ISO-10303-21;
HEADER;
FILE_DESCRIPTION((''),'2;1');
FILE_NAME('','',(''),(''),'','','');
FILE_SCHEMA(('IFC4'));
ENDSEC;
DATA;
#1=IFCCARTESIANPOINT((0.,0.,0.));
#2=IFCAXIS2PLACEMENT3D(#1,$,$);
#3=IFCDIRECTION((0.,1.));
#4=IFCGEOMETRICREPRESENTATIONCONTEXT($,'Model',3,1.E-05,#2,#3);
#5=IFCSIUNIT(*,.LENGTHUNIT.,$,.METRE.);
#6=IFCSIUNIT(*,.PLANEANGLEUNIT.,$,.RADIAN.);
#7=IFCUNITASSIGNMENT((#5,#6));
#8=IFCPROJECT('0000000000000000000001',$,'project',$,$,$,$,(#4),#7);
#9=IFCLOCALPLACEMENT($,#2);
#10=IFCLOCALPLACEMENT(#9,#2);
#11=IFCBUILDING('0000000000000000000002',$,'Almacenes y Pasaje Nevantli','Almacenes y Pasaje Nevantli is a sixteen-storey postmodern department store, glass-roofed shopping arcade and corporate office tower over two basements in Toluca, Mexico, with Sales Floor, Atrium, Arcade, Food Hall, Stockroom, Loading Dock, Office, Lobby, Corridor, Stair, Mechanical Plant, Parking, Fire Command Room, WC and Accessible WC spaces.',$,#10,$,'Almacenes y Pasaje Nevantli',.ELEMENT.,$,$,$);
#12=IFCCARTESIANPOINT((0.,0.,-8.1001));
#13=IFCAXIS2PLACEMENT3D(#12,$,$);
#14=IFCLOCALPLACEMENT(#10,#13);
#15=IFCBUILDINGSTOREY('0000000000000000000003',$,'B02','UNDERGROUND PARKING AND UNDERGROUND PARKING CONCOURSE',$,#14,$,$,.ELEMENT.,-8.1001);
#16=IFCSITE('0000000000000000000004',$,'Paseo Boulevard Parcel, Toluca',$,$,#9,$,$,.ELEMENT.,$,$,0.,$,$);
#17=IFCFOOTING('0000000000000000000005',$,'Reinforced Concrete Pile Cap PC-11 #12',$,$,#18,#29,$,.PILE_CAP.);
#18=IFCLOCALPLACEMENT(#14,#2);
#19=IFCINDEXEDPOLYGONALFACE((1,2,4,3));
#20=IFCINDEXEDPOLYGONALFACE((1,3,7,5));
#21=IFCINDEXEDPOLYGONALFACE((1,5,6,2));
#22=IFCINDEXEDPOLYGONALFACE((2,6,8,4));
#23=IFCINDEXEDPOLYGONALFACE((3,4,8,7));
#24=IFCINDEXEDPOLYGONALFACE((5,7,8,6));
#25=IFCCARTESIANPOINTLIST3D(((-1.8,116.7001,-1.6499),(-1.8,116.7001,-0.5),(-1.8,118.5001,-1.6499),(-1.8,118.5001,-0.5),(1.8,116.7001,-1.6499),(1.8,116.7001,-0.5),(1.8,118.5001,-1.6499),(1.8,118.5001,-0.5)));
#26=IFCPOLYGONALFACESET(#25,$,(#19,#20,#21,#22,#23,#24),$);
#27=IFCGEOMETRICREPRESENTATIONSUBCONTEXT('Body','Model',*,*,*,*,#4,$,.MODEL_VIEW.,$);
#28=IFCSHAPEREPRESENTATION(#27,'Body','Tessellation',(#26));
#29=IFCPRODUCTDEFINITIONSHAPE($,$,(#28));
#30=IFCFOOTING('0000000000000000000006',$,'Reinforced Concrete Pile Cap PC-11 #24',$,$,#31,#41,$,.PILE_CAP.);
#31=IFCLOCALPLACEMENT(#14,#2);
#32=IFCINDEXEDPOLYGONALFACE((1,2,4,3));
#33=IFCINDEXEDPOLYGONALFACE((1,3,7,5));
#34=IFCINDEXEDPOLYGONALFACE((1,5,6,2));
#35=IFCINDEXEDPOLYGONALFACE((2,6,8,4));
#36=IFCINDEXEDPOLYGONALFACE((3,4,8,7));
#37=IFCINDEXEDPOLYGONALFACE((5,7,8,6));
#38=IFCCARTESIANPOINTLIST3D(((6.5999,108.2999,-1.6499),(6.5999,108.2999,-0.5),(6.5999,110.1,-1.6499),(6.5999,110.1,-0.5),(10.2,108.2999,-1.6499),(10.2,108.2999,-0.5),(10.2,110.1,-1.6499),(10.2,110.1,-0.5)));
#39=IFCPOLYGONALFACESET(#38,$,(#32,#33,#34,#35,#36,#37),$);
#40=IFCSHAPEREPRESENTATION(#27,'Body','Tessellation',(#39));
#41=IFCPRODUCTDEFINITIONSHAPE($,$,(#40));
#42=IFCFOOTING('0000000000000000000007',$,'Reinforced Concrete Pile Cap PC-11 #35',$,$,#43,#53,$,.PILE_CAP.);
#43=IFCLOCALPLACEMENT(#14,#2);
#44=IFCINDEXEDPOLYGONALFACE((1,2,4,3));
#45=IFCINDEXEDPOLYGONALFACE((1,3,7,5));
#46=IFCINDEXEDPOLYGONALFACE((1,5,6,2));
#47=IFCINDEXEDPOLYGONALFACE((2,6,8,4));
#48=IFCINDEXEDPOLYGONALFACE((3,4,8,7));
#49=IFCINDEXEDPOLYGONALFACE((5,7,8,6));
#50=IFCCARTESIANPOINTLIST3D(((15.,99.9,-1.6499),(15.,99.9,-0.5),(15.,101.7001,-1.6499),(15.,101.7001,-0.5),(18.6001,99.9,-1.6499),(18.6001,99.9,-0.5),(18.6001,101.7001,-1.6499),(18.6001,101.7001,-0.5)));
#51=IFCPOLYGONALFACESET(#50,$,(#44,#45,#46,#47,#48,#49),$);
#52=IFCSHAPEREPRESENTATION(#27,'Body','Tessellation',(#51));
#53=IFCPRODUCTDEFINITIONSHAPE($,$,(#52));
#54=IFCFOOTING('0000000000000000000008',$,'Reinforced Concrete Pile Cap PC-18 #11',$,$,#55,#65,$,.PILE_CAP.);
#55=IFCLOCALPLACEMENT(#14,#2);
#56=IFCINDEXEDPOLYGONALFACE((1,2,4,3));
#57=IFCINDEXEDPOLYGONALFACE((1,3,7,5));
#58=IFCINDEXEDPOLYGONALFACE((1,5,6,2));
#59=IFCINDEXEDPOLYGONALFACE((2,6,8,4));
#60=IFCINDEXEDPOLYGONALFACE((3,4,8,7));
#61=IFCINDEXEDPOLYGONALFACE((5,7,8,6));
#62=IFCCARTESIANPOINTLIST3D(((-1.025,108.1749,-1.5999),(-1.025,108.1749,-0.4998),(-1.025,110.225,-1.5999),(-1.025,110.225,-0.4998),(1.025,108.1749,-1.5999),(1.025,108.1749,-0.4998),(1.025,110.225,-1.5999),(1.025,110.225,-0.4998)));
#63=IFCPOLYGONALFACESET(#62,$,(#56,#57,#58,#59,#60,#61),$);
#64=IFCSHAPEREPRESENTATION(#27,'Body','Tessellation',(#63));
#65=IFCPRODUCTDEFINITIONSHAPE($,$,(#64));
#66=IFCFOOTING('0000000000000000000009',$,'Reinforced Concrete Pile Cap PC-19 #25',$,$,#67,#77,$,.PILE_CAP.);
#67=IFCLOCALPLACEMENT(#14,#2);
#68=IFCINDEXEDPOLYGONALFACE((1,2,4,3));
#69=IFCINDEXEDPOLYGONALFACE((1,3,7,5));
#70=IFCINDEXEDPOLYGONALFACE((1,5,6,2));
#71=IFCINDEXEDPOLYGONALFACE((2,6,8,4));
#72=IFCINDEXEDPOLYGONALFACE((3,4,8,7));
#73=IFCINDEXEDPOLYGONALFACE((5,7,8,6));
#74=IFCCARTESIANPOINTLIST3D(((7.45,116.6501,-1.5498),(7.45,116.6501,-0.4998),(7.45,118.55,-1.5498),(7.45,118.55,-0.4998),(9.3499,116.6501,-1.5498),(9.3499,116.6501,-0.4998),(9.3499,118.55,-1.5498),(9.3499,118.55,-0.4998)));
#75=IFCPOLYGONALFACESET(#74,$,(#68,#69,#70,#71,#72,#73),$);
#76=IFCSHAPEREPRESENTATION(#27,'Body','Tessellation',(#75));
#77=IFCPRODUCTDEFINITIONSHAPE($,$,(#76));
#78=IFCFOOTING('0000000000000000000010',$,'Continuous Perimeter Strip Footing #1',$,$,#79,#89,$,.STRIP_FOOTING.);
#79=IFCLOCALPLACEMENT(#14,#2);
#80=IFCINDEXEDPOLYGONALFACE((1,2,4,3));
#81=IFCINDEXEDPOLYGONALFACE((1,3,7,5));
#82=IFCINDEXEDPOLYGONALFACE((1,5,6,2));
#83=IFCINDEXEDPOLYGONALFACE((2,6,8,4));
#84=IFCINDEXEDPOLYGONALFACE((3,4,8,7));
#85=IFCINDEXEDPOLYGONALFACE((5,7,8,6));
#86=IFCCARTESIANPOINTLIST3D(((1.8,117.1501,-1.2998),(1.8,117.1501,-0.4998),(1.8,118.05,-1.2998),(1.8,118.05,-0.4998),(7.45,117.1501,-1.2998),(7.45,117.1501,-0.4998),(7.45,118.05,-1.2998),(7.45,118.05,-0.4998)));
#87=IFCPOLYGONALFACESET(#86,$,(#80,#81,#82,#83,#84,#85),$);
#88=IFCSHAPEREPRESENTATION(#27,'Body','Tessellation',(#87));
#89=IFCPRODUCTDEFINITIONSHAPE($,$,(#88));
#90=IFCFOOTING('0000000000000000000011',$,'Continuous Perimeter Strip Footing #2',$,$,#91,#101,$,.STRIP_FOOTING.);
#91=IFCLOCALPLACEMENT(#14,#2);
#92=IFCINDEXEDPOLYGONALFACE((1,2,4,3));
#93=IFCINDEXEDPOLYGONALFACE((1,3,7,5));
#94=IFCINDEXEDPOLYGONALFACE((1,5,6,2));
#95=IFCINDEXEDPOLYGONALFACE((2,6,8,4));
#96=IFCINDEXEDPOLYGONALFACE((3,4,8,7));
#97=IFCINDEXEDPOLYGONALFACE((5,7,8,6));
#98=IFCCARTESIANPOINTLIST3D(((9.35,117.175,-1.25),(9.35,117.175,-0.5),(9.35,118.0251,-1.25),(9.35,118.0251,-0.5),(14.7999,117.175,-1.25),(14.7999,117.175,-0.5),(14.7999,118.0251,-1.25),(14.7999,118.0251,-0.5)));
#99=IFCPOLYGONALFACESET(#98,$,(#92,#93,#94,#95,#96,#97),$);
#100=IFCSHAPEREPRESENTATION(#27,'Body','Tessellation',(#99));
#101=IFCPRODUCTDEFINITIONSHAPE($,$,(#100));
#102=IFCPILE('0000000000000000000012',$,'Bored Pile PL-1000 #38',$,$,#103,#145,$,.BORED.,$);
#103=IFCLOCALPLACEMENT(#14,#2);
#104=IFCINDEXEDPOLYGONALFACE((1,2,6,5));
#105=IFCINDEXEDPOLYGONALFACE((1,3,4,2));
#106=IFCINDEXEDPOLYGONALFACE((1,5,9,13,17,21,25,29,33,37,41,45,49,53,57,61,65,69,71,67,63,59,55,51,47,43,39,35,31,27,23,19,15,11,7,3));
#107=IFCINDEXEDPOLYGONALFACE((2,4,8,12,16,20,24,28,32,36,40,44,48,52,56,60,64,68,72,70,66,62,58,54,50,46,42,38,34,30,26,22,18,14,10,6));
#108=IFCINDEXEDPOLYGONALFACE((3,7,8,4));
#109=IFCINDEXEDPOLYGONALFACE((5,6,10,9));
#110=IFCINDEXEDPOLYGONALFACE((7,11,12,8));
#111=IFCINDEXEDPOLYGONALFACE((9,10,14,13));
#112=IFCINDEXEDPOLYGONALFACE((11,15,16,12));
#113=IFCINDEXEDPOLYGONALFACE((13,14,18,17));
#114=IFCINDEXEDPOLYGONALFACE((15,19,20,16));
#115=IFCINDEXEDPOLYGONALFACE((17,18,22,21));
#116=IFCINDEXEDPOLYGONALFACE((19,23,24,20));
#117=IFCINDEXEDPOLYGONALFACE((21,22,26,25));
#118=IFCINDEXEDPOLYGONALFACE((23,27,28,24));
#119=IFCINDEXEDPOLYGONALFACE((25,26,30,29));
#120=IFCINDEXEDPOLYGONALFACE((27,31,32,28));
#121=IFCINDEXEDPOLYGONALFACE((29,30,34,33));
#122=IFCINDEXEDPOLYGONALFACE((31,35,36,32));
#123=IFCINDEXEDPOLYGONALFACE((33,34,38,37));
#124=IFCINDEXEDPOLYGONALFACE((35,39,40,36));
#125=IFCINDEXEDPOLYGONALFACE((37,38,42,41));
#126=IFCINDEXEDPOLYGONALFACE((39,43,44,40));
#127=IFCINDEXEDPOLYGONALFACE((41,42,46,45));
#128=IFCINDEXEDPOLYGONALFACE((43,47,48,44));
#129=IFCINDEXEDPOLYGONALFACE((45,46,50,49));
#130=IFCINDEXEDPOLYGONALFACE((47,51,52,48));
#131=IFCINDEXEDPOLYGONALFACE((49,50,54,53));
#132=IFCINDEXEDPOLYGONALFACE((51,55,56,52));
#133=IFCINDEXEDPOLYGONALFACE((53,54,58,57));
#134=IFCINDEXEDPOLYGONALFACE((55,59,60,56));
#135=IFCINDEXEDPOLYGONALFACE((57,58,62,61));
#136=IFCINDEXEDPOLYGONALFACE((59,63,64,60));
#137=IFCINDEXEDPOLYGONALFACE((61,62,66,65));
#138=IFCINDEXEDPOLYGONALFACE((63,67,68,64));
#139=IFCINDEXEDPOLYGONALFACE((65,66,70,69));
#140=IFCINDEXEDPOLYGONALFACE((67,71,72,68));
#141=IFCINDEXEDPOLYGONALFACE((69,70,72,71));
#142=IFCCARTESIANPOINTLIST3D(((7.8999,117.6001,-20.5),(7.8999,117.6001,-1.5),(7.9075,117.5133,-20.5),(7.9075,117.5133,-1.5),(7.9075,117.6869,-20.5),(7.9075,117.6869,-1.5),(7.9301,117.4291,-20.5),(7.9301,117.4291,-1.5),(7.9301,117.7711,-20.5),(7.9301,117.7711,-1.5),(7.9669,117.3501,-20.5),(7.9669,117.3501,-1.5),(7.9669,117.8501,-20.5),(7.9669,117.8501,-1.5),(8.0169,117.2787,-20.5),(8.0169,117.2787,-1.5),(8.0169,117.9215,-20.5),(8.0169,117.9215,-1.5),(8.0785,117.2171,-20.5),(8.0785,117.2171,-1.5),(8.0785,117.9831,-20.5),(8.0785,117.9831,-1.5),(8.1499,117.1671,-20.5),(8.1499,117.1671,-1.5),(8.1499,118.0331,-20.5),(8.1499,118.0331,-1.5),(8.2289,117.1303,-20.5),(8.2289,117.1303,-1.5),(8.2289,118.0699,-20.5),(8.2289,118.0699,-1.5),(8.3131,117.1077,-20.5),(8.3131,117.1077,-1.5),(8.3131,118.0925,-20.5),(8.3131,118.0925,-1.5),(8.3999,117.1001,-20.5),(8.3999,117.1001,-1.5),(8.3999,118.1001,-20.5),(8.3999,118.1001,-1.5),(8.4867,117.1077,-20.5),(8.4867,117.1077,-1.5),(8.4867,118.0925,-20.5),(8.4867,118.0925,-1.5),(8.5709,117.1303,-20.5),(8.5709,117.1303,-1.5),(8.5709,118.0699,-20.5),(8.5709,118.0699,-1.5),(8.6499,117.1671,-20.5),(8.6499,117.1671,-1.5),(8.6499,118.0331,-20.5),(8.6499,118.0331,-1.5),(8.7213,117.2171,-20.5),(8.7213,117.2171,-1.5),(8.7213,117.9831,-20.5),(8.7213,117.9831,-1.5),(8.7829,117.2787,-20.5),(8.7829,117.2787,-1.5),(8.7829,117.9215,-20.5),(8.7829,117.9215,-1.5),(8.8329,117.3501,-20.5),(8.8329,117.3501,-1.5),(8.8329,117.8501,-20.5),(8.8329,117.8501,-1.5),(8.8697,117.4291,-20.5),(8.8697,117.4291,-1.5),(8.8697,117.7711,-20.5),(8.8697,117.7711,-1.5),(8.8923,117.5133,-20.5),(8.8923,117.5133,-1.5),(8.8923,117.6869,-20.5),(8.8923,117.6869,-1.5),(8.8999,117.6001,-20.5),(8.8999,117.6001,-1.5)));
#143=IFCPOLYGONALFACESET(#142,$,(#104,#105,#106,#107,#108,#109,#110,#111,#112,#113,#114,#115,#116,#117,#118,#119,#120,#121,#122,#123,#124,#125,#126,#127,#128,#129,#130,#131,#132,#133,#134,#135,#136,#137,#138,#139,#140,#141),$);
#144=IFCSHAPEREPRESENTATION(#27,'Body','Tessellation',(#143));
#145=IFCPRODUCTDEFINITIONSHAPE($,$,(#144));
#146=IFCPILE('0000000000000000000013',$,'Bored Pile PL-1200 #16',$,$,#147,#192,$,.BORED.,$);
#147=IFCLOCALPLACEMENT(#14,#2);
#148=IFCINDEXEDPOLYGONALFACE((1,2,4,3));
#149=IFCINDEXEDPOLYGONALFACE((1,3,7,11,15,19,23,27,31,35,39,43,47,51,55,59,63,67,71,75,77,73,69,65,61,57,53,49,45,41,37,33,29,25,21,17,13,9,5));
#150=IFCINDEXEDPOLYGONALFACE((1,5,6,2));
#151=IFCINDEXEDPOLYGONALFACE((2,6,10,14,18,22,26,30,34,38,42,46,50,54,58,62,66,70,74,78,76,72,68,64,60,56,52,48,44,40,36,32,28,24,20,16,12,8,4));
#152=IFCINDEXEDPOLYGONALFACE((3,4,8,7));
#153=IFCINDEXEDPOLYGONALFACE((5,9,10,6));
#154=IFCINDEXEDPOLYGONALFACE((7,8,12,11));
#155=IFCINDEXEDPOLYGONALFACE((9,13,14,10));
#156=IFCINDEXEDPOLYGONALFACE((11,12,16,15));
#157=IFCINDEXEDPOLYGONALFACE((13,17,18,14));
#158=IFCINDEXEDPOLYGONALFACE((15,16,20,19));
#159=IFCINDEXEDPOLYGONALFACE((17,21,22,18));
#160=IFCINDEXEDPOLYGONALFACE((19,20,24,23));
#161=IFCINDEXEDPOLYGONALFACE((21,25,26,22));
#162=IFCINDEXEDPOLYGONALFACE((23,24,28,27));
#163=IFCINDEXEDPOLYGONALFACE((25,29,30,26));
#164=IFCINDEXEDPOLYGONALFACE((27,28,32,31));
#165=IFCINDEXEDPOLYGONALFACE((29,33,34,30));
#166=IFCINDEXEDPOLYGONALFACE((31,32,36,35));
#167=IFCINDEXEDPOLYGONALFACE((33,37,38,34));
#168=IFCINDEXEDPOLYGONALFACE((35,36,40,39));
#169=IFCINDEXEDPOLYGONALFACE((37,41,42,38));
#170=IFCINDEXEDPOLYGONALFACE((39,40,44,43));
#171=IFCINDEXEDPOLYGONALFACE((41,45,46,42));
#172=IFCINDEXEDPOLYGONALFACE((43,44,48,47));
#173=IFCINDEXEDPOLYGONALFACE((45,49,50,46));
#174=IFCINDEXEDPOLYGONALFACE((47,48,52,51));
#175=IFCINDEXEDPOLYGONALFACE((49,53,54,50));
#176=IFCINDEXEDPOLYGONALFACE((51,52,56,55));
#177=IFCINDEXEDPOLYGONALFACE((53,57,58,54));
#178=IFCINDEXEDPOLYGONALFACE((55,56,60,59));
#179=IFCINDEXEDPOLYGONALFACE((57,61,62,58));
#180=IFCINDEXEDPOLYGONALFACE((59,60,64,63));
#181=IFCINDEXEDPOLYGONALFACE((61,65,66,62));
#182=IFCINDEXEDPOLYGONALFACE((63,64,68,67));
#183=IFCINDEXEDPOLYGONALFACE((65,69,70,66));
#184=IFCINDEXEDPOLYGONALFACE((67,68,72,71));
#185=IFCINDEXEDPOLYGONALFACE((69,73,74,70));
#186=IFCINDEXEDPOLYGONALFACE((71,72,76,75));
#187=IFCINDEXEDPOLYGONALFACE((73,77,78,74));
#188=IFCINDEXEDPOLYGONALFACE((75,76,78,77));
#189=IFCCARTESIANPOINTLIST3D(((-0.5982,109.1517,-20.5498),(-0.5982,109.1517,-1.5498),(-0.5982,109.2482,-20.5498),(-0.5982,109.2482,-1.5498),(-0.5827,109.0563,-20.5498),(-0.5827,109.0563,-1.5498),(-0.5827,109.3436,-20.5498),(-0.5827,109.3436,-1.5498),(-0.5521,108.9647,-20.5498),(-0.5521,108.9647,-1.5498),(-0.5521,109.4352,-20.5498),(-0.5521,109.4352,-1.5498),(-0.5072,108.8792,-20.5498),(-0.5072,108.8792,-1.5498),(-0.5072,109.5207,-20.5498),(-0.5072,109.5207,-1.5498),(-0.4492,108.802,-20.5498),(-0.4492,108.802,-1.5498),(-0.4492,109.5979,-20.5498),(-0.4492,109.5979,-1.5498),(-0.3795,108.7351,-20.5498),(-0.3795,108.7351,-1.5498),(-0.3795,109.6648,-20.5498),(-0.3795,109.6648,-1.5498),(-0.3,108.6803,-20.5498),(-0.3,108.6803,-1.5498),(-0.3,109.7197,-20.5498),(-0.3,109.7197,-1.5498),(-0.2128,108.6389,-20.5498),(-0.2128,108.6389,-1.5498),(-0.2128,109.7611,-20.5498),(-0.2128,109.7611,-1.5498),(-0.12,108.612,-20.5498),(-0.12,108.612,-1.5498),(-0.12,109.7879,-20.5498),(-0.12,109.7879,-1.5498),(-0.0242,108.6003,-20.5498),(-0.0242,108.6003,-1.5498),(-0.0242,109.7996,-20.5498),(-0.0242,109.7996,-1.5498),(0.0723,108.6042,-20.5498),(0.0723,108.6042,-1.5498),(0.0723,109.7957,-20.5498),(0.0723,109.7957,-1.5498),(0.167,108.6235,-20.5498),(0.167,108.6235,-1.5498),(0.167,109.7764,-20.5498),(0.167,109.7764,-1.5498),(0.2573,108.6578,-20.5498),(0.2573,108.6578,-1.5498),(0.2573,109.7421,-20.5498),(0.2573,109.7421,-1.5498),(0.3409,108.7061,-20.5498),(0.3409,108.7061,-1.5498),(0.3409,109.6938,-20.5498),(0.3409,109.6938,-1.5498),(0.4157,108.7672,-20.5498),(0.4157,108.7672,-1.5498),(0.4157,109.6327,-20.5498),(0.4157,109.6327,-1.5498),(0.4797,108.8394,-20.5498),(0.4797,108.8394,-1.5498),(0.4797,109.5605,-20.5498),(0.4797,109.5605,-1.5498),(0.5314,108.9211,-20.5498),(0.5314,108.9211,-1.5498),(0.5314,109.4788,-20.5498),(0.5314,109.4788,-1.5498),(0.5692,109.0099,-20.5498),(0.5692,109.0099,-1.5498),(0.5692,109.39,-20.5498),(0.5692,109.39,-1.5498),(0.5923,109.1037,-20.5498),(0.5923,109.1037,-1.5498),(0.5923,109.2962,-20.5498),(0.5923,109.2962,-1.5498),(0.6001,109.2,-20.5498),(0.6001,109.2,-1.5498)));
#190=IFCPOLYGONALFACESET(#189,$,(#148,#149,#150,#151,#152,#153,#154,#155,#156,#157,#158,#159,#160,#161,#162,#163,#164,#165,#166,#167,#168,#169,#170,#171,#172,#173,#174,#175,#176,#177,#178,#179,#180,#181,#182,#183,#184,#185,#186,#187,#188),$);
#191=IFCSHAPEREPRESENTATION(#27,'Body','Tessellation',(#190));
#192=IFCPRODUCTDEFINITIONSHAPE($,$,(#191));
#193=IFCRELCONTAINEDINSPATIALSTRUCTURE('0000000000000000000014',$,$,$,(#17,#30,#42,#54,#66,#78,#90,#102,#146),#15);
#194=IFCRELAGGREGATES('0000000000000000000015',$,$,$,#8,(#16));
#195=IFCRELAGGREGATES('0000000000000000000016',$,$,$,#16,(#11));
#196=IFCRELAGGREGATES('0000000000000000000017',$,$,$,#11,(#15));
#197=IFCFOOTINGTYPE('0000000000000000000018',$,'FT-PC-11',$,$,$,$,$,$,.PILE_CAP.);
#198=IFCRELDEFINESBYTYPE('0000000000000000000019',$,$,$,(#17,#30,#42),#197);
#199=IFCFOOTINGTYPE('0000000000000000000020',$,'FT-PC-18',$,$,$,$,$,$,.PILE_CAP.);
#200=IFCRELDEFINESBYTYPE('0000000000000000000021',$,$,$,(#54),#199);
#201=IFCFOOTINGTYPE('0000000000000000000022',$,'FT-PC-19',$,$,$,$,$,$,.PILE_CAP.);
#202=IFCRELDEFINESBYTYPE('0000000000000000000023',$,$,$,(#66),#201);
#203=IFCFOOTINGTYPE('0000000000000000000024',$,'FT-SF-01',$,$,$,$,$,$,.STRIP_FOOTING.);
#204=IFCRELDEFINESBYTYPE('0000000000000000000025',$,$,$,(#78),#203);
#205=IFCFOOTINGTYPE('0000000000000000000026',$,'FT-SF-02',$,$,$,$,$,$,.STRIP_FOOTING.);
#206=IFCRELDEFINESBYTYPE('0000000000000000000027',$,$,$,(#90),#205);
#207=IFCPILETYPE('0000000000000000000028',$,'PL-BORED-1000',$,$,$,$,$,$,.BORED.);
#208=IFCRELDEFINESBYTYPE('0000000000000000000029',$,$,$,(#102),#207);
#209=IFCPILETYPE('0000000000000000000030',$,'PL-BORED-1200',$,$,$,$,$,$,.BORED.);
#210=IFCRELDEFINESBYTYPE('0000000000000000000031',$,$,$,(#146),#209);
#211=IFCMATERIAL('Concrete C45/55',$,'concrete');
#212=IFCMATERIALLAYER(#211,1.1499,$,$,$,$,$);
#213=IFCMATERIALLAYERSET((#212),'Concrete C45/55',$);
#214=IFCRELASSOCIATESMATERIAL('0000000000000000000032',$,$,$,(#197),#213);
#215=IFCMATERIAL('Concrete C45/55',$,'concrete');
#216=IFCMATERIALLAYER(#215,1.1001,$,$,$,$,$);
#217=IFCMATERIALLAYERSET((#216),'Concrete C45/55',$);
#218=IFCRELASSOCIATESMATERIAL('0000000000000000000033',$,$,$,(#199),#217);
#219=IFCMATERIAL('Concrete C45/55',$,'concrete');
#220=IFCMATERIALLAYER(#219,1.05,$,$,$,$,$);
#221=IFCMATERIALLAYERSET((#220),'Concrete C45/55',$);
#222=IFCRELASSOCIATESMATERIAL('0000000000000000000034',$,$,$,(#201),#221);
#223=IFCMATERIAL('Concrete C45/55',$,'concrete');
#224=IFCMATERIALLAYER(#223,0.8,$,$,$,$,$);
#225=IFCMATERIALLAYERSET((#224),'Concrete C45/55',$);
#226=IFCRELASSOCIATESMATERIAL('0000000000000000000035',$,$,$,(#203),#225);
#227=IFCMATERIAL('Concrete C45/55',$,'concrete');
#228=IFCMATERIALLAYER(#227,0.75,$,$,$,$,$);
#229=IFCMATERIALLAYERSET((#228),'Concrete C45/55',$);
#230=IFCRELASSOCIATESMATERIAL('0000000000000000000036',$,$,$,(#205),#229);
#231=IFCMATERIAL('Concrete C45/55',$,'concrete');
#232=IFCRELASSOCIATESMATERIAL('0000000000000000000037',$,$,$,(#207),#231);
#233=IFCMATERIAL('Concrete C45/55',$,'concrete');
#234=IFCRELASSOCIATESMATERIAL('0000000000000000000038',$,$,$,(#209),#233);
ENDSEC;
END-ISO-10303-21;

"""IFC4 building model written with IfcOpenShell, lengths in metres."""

from ifc_helpers import new_model, si_unit, direction, frame, origin, origin_2d, place, context, subcontext, project, spatial, rectangle, circle, extrude, material, layer, layer_set, material_profile, profile_set, type_object, element, save


model = new_model("IFC4")

# Units and contexts
model_context = context("Model", 3, precision=1e-05, world=origin(), true_north=direction((0.0, 1.0)))
body_context = subcontext(model_context, "Body", "Model", "MODEL_VIEW")
ifc_project = project(units=[si_unit("LENGTHUNIT", "METRE"), si_unit("PLANEANGLEUNIT", "RADIAN")], contexts=[model_context])

# Site, building, storey
site_placement = place(None, origin())
site = spatial("IfcSite", under=ifc_project, at=site_placement, Name="Paseo Boulevard Parcel, Toluca", CompositionType="ELEMENT", RefElevation=0.0)
building_placement = place(site_placement, origin())
building = spatial("IfcBuilding", under=site, at=building_placement, Name="Almacenes y Pasaje Nevantli", Description="Almacenes y Pasaje Nevantli is a sixteen-storey postmodern department store, glass-roofed shopping arcade and corporate office tower over two basements in Toluca, Mexico, with Sales Floor, Atrium, Arcade, Food Hall, Stockroom, Loading Dock, Office, Lobby, Corridor, Stair, Mechanical Plant, Parking, Fire Command Room, WC and Accessible WC spaces.", LongName="Almacenes y Pasaje Nevantli", CompositionType="ELEMENT")
storey_placement = place(building_placement, frame((0.0, 0.0, -8.1001)))
storey = spatial("IfcBuildingStorey", under=building, at=storey_placement, Name="B02", Description="UNDERGROUND PARKING AND UNDERGROUND PARKING CONCOURSE", CompositionType="ELEMENT", Elevation=-8.1001)

# Footings
ifc_material_1 = material(Name="Concrete C45/55", Category="concrete")
ifc_layer_1 = layer(ifc_material_1, 1.1499)
ifc_layer_set_1 = layer_set([ifc_layer_1], Name="Concrete C45/55")
footing_type_1 = type_object("IfcFootingType", Name="FT-PC-11", PredefinedType="PILE_CAP", material=ifc_layer_set_1)
for number, where, z_axis, x_axis, name in (
    (1, (0.0, 117.6001, -1.6499), (0.0, 0.0, 1.0), (1.0, 0.0, 0.0), "Reinforced Concrete Pile Cap PC-11 #12"),
    (2, (8.3999, 109.2, -1.6499), (0.0, 0.0, 1.0), (1.0, 0.0, 0.0), "Reinforced Concrete Pile Cap PC-11 #24"),
    (3, (16.8, 100.8, -1.6499), (0.0, 0.0, 1.0), (1.0, 0.0, 0.0), "Reinforced Concrete Pile Cap PC-11 #35"),
):
    element("IfcFooting", number, at=place(storey_placement, frame(where, z_axis=z_axis, x_axis=x_axis)), inside=storey, type_object=footing_type_1, Name=name, PredefinedType="PILE_CAP", context=body_context, shape_type="SweptSolid", body=[
        extrude(rectangle(XDim=3.6001, YDim=1.8, at=origin_2d()), origin(), (0.0, 0.0, 1.0), 1.1499),
    ])
ifc_material_2 = material(Name="Concrete C45/55", Category="concrete")
ifc_layer_2 = layer(ifc_material_2, 1.1001)
ifc_layer_set_2 = layer_set([ifc_layer_2], Name="Concrete C45/55")
footing_type_2 = type_object("IfcFootingType", Name="FT-PC-18", PredefinedType="PILE_CAP", material=ifc_layer_set_2)
footing_1_placement = place(storey_placement, frame((0.0, 109.2, -1.5999), z_axis=(0.0, 0.0, 1.0), x_axis=(1.0, 0.0, 0.0)))
element("IfcFooting", 4, at=footing_1_placement, inside=storey, type_object=footing_type_2, Name="Reinforced Concrete Pile Cap PC-18 #11", PredefinedType="PILE_CAP", context=body_context, shape_type="SweptSolid", body=[
    extrude(rectangle(XDim=2.05, YDim=2.05, at=origin_2d()), origin(), (0.0, 0.0, 1.0), 1.1001),
])
ifc_material_3 = material(Name="Concrete C45/55", Category="concrete")
ifc_layer_3 = layer(ifc_material_3, 1.05)
ifc_layer_set_3 = layer_set([ifc_layer_3], Name="Concrete C45/55")
footing_type_3 = type_object("IfcFootingType", Name="FT-PC-19", PredefinedType="PILE_CAP", material=ifc_layer_set_3)
footing_2_placement = place(storey_placement, frame((8.3999, 117.6001, -1.5498), z_axis=(0.0, 0.0, 1.0), x_axis=(1.0, 0.0, 0.0)))
element("IfcFooting", 5, at=footing_2_placement, inside=storey, type_object=footing_type_3, Name="Reinforced Concrete Pile Cap PC-19 #25", PredefinedType="PILE_CAP", context=body_context, shape_type="SweptSolid", body=[
    extrude(rectangle(XDim=1.8999, YDim=1.8999, at=origin_2d()), origin(), (0.0, 0.0, 1.0), 1.05),
])
ifc_material_4 = material(Name="Concrete C45/55", Category="concrete")
ifc_layer_4 = layer(ifc_material_4, 0.8)
ifc_layer_set_4 = layer_set([ifc_layer_4], Name="Concrete C45/55")
footing_type_4 = type_object("IfcFootingType", Name="FT-SF-01", PredefinedType="STRIP_FOOTING", material=ifc_layer_set_4)
footing_3_placement = place(storey_placement, frame((4.625, 117.6001, -1.2998), z_axis=(0.0, 0.0, 1.0), x_axis=(1.0, 0.0, 0.0)))
element("IfcFooting", 6, at=footing_3_placement, inside=storey, type_object=footing_type_4, Name="Continuous Perimeter Strip Footing #1", PredefinedType="STRIP_FOOTING", context=body_context, shape_type="SweptSolid", body=[
    extrude(rectangle(XDim=5.6499, YDim=0.8999, at=origin_2d()), origin(), (0.0, 0.0, 1.0), 0.8),
])
ifc_material_5 = material(Name="Concrete C45/55", Category="concrete")
ifc_layer_5 = layer(ifc_material_5, 0.75)
ifc_layer_set_5 = layer_set([ifc_layer_5], Name="Concrete C45/55")
footing_type_5 = type_object("IfcFootingType", Name="FT-SF-02", PredefinedType="STRIP_FOOTING", material=ifc_layer_set_5)
footing_4_placement = place(storey_placement, frame((12.075, 117.6001, -1.25), z_axis=(0.0, 0.0, 1.0), x_axis=(1.0, 0.0, 0.0)))
element("IfcFooting", 7, at=footing_4_placement, inside=storey, type_object=footing_type_5, Name="Continuous Perimeter Strip Footing #2", PredefinedType="STRIP_FOOTING", context=body_context, shape_type="SweptSolid", body=[
    extrude(rectangle(XDim=5.45, YDim=0.8501, at=origin_2d()), origin(), (0.0, 0.0, 1.0), 0.75),
])

# Piles
ifc_material_6 = material(Name="Concrete C45/55", Category="concrete")
ifc_material_profile_1 = material_profile(ifc_material_6, circle(Radius=0.5, at=origin_2d()), Name="RC-PILE-D1000")
ifc_profile_set_1 = profile_set([ifc_material_profile_1], Name="Concrete C45/55")
pile_type_1 = type_object("IfcPileType", Name="PL-BORED-1000", PredefinedType="BORED", material=ifc_profile_set_1)
pile_1_placement = place(storey_placement, frame((8.3999, 117.6001, -1.5), z_axis=(0.0, 0.0, -1.0), x_axis=(1.0, 0.0, 0.0)))
element("IfcPile", 8, at=pile_1_placement, inside=storey, type_object=pile_type_1, Name="Bored Pile PL-1000 #38", PredefinedType="BORED", context=body_context, shape_type="SweptSolid", body=[
    extrude(circle(Radius=0.5, at=origin_2d()), origin(), (0.0, 0.0, 1.0), 19.0),
])
ifc_material_7 = material(Name="Concrete C45/55", Category="concrete")
ifc_material_profile_2 = material_profile(ifc_material_7, circle(Radius=0.6001, at=origin_2d()), Name="RC-PILE-D1200")
ifc_profile_set_2 = profile_set([ifc_material_profile_2], Name="Concrete C45/55")
pile_type_2 = type_object("IfcPileType", Name="PL-BORED-1200", PredefinedType="BORED", material=ifc_profile_set_2)
pile_2_placement = place(storey_placement, frame((0.0, 109.2, -1.5498), z_axis=(0.0, 0.0, -1.0), x_axis=(1.0, 0.0, 0.0)))
element("IfcPile", 9, at=pile_2_placement, inside=storey, type_object=pile_type_2, Name="Bored Pile PL-1200 #16", PredefinedType="BORED", context=body_context, shape_type="SweptSolid", body=[
    extrude(circle(Radius=0.6001, at=origin_2d()), origin(), (0.0, 0.0, 1.0), 19.0),
])

save(model, "model.ifc")
